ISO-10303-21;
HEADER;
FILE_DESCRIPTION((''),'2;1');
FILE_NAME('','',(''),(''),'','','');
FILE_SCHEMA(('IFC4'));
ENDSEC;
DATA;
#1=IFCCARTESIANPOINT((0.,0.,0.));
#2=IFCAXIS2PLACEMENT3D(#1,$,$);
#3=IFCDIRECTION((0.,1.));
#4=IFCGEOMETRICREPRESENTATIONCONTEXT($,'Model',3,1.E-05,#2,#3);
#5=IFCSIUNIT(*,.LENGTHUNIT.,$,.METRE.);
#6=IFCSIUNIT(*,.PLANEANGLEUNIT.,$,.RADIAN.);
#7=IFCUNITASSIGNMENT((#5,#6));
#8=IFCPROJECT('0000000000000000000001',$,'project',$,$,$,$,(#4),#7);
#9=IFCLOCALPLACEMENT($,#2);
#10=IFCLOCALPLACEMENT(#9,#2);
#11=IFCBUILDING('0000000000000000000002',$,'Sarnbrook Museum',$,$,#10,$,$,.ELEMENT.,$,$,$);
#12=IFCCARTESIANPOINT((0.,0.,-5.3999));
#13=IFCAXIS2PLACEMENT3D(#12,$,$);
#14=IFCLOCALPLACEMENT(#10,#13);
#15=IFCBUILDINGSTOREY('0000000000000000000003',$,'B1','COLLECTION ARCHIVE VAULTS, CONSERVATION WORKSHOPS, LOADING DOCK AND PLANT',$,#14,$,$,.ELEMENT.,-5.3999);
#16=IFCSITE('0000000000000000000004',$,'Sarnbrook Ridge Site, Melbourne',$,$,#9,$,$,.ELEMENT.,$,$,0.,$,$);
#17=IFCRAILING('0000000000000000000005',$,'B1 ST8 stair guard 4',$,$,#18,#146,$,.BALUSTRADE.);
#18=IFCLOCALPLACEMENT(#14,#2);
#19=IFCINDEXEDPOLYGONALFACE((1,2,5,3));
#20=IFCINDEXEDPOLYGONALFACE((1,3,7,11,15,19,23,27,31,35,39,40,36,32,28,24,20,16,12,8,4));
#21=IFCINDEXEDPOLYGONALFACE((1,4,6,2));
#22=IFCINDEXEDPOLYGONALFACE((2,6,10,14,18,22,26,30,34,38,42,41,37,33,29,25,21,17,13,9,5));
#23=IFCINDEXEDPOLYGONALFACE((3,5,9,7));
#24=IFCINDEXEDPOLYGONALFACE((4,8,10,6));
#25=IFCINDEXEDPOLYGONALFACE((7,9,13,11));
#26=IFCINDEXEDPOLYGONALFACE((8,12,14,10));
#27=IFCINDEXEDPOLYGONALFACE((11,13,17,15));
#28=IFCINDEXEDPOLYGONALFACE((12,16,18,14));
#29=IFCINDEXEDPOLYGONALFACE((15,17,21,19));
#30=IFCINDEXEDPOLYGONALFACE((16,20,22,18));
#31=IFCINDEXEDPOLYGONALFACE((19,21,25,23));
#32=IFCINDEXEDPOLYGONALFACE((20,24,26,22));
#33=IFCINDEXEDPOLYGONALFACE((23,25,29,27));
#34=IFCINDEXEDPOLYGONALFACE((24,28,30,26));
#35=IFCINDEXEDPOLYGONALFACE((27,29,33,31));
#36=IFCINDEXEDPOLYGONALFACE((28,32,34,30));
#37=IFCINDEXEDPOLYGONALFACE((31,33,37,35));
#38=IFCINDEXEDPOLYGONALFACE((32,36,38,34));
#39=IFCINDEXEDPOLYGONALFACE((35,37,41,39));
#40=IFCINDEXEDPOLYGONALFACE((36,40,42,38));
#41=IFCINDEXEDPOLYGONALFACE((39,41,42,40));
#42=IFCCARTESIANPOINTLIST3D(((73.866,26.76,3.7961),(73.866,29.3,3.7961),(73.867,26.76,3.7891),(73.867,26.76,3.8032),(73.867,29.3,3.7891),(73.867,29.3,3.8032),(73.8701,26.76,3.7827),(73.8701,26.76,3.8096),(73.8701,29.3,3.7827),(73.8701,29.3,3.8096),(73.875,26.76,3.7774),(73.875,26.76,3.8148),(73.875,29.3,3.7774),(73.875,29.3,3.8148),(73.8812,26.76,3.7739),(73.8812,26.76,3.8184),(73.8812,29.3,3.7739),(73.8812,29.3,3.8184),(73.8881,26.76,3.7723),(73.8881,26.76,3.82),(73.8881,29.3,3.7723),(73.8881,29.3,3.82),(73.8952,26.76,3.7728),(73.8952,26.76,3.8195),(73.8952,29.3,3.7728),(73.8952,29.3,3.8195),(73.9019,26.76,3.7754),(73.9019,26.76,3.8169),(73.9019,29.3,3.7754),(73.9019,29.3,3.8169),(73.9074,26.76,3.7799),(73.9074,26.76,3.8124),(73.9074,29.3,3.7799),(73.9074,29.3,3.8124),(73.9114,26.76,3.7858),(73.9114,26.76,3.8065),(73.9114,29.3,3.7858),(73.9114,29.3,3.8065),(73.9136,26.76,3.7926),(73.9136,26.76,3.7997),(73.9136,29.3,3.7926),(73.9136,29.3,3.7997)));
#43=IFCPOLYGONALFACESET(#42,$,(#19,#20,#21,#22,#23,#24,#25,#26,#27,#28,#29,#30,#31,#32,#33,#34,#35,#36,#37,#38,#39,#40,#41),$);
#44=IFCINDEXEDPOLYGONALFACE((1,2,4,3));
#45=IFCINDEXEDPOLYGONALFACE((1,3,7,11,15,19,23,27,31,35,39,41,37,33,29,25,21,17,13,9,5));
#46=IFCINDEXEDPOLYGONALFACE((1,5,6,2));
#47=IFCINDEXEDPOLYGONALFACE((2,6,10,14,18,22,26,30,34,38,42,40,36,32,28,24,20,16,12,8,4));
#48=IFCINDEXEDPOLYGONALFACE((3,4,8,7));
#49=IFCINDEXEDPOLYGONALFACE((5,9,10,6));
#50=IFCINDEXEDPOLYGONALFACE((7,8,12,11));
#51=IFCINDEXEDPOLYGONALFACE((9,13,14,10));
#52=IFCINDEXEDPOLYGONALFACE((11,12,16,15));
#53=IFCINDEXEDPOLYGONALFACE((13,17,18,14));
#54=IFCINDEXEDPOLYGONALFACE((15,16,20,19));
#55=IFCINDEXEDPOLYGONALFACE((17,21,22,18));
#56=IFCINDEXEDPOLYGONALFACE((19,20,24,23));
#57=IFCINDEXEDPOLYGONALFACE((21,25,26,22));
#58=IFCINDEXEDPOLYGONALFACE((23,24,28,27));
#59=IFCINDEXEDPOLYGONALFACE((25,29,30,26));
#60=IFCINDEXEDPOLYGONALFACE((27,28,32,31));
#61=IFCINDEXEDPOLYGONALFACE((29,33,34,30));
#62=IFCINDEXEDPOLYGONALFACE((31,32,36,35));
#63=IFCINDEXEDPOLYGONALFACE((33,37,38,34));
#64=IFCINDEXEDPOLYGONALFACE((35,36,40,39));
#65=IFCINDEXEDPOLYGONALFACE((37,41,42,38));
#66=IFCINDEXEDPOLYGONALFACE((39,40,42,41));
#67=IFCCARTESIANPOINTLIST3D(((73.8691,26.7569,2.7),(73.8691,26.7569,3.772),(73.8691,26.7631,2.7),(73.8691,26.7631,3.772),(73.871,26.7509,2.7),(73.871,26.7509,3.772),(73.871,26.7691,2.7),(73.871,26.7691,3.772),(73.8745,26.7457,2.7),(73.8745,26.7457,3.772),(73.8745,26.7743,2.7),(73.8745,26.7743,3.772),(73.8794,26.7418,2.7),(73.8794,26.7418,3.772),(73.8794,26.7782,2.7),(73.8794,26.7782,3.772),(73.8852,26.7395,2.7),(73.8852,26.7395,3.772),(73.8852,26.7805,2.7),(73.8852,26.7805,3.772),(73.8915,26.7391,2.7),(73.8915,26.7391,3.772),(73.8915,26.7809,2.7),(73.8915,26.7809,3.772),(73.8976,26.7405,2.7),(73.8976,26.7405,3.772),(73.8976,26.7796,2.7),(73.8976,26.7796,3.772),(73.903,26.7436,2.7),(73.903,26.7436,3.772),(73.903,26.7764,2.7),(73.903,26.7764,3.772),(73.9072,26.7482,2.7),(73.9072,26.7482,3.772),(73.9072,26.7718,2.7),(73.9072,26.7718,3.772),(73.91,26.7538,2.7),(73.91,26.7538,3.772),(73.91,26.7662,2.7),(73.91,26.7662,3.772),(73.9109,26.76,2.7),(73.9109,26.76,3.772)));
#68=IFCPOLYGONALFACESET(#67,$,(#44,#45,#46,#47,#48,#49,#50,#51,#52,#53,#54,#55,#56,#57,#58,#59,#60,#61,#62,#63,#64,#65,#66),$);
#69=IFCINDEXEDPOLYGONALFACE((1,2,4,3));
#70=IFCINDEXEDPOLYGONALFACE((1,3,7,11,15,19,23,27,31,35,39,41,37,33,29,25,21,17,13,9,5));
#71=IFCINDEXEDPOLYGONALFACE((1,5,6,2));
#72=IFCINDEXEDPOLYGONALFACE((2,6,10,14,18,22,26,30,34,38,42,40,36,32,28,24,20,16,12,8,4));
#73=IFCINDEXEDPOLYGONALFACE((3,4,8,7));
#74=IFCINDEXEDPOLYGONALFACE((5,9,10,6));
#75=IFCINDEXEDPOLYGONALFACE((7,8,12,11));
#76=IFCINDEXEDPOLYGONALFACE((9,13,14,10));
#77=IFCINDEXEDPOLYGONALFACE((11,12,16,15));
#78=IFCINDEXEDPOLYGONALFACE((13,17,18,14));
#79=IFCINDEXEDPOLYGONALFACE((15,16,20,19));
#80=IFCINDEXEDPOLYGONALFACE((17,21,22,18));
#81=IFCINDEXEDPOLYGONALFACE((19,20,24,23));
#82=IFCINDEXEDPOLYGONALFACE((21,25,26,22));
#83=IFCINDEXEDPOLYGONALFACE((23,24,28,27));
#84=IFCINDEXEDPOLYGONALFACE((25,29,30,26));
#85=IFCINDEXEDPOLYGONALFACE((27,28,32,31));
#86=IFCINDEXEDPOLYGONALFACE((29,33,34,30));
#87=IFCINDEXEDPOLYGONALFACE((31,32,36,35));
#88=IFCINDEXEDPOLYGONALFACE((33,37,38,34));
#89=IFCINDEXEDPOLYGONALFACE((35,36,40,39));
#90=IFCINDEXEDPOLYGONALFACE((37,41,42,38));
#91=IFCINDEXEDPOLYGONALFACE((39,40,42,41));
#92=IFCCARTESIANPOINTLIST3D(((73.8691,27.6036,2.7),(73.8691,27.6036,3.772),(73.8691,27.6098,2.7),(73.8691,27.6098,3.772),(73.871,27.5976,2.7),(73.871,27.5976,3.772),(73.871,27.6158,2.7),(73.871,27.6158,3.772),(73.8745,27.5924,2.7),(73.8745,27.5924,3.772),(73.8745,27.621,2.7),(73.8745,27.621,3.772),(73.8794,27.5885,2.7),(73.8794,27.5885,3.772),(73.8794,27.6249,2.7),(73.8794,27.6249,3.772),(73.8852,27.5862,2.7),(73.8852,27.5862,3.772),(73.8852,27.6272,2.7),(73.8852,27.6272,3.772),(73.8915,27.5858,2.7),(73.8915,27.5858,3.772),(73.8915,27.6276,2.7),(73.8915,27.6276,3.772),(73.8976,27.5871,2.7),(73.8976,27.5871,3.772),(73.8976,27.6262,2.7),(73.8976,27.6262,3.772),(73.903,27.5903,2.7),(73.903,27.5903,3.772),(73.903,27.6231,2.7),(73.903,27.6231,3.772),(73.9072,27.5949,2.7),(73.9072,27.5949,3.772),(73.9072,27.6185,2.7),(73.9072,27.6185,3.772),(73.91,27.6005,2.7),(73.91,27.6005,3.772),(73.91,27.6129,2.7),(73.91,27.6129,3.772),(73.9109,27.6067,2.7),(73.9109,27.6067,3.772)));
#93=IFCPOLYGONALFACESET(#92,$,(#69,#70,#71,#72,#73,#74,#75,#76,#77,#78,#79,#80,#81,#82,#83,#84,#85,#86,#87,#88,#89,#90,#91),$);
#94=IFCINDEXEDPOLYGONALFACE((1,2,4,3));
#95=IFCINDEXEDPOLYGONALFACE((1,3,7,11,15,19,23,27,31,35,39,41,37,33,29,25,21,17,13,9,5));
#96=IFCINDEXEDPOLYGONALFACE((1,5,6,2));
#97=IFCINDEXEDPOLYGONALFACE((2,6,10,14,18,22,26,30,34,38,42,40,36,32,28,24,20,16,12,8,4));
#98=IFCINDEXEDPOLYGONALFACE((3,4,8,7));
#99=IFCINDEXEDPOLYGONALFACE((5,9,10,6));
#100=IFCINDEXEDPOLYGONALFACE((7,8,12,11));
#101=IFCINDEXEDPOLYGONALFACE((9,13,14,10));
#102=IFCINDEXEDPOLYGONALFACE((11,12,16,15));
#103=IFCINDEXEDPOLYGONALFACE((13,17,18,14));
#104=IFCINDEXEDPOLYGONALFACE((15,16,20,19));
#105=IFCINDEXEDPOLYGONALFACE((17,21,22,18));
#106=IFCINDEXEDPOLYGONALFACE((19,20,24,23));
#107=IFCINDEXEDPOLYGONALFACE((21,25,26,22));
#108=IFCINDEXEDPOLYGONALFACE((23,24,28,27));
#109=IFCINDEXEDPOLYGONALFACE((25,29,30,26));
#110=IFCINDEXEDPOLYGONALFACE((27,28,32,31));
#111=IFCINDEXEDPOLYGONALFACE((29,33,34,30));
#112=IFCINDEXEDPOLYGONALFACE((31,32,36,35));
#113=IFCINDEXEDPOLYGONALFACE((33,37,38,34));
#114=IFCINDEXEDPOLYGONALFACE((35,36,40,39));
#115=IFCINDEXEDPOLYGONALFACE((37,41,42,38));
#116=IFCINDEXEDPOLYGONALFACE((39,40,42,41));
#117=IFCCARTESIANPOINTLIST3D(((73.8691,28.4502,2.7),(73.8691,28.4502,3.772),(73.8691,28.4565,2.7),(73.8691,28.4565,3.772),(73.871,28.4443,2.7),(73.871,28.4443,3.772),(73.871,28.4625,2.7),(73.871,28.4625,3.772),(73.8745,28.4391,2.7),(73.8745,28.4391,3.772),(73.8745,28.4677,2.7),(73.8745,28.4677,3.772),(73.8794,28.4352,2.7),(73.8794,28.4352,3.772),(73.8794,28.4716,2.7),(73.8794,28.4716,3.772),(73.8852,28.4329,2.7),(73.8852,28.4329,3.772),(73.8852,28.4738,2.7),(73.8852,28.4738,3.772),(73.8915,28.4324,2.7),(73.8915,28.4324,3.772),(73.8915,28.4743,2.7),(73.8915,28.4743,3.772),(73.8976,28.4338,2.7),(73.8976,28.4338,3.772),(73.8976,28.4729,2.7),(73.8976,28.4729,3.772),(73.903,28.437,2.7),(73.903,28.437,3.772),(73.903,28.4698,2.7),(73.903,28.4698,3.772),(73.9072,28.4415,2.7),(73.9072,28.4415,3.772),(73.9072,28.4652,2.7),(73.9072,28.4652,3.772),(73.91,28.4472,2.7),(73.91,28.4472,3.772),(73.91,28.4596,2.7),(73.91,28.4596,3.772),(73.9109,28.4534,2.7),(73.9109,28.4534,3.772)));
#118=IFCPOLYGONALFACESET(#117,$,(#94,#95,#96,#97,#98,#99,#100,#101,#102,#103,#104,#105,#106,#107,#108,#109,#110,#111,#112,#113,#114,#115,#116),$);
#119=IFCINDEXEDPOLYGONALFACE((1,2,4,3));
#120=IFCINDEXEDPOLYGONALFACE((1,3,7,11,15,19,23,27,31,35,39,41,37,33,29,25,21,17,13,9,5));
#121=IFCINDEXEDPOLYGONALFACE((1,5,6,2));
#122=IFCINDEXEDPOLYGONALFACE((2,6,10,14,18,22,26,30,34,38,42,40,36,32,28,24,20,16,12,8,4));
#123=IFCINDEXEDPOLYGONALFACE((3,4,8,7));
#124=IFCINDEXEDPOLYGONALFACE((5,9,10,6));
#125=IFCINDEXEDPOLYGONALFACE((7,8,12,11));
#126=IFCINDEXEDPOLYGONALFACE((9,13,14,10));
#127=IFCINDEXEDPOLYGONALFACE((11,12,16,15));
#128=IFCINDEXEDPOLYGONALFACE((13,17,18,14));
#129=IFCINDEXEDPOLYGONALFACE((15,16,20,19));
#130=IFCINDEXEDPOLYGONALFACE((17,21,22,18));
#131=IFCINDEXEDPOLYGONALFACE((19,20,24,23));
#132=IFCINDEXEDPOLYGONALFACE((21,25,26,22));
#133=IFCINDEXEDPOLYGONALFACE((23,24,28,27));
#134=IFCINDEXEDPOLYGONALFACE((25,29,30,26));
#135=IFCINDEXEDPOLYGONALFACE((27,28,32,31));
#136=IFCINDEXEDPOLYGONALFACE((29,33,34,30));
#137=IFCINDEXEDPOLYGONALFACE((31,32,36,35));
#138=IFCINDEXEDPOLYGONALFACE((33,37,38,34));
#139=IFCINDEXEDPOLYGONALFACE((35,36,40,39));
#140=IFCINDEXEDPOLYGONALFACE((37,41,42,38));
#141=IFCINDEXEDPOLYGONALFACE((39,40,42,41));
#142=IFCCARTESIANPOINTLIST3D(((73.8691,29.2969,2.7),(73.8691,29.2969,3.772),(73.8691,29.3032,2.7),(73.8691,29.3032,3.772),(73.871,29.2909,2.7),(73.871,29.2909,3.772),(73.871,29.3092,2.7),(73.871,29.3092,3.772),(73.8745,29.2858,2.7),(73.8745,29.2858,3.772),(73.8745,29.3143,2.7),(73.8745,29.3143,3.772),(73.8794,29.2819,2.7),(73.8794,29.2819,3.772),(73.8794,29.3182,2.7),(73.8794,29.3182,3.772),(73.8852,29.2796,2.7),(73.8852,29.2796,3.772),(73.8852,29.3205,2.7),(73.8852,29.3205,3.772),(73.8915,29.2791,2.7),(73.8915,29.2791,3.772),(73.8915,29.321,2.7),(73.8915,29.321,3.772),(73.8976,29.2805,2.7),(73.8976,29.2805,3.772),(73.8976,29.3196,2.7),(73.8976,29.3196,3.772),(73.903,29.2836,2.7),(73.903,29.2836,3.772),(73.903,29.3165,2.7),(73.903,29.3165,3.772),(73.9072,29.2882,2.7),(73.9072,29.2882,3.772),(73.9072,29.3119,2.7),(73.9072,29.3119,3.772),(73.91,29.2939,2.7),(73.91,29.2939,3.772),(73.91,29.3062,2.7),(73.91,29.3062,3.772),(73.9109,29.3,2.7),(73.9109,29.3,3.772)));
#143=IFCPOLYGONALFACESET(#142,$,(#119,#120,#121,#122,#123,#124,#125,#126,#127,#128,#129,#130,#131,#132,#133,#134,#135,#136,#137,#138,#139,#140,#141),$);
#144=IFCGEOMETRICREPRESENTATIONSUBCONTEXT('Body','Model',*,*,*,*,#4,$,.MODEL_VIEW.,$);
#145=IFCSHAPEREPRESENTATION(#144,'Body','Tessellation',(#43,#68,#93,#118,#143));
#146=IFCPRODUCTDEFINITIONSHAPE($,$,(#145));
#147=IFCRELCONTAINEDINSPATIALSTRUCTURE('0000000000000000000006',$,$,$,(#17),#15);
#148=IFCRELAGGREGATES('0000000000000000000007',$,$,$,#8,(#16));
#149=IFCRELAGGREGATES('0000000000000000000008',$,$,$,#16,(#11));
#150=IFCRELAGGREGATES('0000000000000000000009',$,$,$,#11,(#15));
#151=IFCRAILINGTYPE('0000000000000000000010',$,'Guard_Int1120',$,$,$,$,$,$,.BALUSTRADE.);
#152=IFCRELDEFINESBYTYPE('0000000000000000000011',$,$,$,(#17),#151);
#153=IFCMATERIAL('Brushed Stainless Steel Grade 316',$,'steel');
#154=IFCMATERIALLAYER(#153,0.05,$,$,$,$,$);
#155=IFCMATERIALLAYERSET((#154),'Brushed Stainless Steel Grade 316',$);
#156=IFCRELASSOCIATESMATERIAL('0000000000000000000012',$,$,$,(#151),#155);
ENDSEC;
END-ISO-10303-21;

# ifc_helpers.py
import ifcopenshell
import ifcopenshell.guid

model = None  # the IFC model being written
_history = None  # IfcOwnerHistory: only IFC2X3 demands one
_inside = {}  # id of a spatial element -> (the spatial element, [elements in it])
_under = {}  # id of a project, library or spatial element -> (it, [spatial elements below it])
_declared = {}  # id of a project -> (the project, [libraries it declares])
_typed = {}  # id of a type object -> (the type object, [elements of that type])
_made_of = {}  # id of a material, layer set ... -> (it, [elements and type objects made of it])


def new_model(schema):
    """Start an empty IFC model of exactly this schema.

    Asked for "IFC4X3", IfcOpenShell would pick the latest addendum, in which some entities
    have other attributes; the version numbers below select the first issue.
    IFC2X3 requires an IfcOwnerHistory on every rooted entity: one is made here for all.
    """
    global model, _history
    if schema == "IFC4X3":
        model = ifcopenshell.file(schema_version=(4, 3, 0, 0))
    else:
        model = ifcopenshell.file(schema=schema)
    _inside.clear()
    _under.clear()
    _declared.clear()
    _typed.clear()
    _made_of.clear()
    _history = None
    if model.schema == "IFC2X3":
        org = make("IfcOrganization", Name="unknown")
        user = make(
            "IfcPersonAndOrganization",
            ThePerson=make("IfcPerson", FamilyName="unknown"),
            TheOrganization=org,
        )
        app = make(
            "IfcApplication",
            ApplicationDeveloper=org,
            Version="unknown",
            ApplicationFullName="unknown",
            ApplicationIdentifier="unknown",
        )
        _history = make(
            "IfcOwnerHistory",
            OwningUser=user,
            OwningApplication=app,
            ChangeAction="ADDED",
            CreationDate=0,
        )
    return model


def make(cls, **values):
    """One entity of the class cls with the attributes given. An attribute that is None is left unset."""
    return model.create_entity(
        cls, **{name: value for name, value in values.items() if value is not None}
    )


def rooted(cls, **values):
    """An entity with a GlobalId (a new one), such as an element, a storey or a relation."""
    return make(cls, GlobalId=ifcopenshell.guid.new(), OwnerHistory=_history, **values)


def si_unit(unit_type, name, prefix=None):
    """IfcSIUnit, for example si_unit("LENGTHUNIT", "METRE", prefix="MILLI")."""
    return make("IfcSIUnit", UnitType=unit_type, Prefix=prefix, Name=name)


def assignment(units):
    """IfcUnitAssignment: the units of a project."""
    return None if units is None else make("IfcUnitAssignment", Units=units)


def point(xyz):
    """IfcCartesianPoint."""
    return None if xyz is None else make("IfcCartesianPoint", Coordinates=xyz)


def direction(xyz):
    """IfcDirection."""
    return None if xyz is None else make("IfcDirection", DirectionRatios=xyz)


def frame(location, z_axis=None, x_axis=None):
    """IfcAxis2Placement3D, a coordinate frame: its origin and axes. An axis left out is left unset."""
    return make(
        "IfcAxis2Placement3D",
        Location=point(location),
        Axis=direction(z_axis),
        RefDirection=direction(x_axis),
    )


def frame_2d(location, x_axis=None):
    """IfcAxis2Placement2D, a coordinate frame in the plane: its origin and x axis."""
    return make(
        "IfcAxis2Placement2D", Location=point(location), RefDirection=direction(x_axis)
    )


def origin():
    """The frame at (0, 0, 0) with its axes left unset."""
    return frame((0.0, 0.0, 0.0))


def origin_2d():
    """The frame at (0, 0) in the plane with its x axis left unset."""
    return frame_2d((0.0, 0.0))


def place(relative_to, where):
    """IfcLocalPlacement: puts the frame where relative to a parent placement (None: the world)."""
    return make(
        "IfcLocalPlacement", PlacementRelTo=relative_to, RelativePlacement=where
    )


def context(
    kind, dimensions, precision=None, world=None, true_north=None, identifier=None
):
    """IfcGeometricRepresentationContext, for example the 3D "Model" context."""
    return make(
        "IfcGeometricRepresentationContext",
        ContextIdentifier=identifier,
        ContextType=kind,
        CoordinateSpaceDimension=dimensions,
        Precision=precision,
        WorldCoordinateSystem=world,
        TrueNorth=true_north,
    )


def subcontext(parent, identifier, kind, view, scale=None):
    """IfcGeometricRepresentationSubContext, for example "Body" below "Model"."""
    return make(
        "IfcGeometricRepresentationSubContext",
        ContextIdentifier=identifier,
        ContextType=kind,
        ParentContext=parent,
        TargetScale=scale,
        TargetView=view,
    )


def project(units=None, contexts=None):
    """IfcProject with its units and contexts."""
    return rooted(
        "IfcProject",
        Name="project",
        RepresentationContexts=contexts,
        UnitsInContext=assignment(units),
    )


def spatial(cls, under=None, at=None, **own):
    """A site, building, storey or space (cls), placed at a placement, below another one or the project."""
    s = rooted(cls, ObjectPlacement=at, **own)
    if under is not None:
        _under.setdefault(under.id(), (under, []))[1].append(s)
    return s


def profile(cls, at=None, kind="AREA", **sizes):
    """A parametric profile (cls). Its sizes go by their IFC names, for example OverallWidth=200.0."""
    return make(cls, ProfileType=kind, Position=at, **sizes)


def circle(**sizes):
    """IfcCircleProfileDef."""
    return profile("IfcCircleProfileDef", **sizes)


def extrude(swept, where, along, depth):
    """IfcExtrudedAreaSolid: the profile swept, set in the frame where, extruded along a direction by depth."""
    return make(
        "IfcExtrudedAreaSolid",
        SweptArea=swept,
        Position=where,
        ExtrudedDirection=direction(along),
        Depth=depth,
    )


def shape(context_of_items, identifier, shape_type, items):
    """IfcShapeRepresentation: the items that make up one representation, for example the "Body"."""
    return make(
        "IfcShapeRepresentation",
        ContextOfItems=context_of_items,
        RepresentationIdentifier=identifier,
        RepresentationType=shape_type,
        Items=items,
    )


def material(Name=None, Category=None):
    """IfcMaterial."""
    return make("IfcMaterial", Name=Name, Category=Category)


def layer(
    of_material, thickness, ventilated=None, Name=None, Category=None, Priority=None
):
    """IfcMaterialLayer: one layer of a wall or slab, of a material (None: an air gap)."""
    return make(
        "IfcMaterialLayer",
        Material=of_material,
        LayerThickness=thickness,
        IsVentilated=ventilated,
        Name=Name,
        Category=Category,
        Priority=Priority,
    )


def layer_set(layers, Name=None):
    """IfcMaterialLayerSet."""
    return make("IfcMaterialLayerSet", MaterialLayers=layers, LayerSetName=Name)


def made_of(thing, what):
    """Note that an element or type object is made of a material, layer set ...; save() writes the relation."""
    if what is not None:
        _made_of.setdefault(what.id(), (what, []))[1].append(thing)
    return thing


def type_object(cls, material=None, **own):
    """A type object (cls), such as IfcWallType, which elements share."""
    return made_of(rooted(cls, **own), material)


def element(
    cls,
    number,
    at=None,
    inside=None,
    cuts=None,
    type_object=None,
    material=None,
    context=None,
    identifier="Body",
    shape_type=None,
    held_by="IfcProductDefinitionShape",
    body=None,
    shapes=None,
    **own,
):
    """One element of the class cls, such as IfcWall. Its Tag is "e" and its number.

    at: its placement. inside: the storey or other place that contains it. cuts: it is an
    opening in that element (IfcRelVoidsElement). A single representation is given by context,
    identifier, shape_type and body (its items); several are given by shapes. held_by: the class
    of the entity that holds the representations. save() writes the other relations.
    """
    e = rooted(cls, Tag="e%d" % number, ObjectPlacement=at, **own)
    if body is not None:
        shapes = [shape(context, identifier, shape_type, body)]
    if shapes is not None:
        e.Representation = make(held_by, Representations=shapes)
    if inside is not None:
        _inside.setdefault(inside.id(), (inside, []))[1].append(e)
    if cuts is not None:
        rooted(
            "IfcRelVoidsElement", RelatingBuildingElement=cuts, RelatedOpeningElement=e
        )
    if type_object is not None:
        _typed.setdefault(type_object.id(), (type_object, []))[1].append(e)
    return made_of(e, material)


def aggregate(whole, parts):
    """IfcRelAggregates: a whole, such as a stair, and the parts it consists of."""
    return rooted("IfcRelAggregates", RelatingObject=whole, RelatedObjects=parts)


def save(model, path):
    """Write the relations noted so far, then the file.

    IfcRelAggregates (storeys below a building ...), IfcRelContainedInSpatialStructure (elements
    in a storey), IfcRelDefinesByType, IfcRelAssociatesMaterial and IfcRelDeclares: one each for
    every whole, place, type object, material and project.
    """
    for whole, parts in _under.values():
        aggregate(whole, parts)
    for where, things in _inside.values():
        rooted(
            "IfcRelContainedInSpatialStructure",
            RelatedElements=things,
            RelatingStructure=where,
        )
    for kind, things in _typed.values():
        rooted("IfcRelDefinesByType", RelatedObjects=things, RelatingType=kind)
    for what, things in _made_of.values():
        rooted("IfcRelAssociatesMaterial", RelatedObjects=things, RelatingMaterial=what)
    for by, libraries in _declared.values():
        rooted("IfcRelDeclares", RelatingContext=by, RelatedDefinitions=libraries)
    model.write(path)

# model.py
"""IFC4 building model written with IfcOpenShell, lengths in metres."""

from ifc_helpers import new_model, si_unit, direction, frame, origin, origin_2d, place, context, subcontext, project, spatial, circle, extrude, material, layer, layer_set, type_object, element, save


model = new_model("IFC4")

# Units and contexts
model_context = context("Model", 3, precision=1e-05, world=origin(), true_north=direction((0.0, 1.0)))
body_context = subcontext(model_context, "Body", "Model", "MODEL_VIEW")
ifc_project = project(units=[si_unit("LENGTHUNIT", "METRE"), si_unit("PLANEANGLEUNIT", "RADIAN")], contexts=[model_context])

# Site, building, storey
site_placement = place(None, origin())
site = spatial("IfcSite", under=ifc_project, at=site_placement, Name="Sarnbrook Ridge Site, Melbourne", CompositionType="ELEMENT", RefElevation=0.0)
building_placement = place(site_placement, origin())
building = spatial("IfcBuilding", under=site, at=building_placement, Name="Sarnbrook Museum", CompositionType="ELEMENT")
storey_placement = place(building_placement, frame((0.0, 0.0, -5.3999)))
storey = spatial("IfcBuildingStorey", under=building, at=storey_placement, Name="B1", Description="COLLECTION ARCHIVE VAULTS, CONSERVATION WORKSHOPS, LOADING DOCK AND PLANT", CompositionType="ELEMENT", Elevation=-5.3999)

# Railing
ifc_material_1 = material(Name="Brushed Stainless Steel Grade 316", Category="steel")
ifc_layer_1 = layer(ifc_material_1, 0.05)
ifc_layer_set_1 = layer_set([ifc_layer_1], Name="Brushed Stainless Steel Grade 316")
railing_type_1 = type_object("IfcRailingType", Name="Guard_Int1120", PredefinedType="BALUSTRADE", material=ifc_layer_set_1)
for number, where, name in (
    (1, (73.8899, 26.76, 2.7), "B1 ST8 stair guard 4"),
):
    element("IfcRailing", number, at=place(storey_placement, frame(where)), inside=storey, type_object=railing_type_1, Name=name, PredefinedType="BALUSTRADE", context=body_context, shape_type="SweptSolid", body=[
        extrude(circle(Radius=0.0239, at=origin_2d()), frame((0.0, 0.0, 1.0962), z_axis=(0.0, 1.0, 0.0), x_axis=(-1.0, 0.0, 0.0)), (0.0, 0.0, 1.0), 2.54),
        extrude(circle(Radius=0.021, at=origin_2d()), origin(), (0.0, 0.0, 1.0), 1.072),
        extrude(circle(Radius=0.021, at=origin_2d()), frame((0.0, 0.8467, 0.0)), (0.0, 0.0, 1.0), 1.072),
        extrude(circle(Radius=0.021, at=origin_2d()), frame((0.0, 1.6934, 0.0)), (0.0, 0.0, 1.0), 1.072),
        extrude(circle(Radius=0.021, at=origin_2d()), frame((0.0, 2.54, 0.0)), (0.0, 0.0, 1.0), 1.072),
    ])

save(model, "model.ifc")
